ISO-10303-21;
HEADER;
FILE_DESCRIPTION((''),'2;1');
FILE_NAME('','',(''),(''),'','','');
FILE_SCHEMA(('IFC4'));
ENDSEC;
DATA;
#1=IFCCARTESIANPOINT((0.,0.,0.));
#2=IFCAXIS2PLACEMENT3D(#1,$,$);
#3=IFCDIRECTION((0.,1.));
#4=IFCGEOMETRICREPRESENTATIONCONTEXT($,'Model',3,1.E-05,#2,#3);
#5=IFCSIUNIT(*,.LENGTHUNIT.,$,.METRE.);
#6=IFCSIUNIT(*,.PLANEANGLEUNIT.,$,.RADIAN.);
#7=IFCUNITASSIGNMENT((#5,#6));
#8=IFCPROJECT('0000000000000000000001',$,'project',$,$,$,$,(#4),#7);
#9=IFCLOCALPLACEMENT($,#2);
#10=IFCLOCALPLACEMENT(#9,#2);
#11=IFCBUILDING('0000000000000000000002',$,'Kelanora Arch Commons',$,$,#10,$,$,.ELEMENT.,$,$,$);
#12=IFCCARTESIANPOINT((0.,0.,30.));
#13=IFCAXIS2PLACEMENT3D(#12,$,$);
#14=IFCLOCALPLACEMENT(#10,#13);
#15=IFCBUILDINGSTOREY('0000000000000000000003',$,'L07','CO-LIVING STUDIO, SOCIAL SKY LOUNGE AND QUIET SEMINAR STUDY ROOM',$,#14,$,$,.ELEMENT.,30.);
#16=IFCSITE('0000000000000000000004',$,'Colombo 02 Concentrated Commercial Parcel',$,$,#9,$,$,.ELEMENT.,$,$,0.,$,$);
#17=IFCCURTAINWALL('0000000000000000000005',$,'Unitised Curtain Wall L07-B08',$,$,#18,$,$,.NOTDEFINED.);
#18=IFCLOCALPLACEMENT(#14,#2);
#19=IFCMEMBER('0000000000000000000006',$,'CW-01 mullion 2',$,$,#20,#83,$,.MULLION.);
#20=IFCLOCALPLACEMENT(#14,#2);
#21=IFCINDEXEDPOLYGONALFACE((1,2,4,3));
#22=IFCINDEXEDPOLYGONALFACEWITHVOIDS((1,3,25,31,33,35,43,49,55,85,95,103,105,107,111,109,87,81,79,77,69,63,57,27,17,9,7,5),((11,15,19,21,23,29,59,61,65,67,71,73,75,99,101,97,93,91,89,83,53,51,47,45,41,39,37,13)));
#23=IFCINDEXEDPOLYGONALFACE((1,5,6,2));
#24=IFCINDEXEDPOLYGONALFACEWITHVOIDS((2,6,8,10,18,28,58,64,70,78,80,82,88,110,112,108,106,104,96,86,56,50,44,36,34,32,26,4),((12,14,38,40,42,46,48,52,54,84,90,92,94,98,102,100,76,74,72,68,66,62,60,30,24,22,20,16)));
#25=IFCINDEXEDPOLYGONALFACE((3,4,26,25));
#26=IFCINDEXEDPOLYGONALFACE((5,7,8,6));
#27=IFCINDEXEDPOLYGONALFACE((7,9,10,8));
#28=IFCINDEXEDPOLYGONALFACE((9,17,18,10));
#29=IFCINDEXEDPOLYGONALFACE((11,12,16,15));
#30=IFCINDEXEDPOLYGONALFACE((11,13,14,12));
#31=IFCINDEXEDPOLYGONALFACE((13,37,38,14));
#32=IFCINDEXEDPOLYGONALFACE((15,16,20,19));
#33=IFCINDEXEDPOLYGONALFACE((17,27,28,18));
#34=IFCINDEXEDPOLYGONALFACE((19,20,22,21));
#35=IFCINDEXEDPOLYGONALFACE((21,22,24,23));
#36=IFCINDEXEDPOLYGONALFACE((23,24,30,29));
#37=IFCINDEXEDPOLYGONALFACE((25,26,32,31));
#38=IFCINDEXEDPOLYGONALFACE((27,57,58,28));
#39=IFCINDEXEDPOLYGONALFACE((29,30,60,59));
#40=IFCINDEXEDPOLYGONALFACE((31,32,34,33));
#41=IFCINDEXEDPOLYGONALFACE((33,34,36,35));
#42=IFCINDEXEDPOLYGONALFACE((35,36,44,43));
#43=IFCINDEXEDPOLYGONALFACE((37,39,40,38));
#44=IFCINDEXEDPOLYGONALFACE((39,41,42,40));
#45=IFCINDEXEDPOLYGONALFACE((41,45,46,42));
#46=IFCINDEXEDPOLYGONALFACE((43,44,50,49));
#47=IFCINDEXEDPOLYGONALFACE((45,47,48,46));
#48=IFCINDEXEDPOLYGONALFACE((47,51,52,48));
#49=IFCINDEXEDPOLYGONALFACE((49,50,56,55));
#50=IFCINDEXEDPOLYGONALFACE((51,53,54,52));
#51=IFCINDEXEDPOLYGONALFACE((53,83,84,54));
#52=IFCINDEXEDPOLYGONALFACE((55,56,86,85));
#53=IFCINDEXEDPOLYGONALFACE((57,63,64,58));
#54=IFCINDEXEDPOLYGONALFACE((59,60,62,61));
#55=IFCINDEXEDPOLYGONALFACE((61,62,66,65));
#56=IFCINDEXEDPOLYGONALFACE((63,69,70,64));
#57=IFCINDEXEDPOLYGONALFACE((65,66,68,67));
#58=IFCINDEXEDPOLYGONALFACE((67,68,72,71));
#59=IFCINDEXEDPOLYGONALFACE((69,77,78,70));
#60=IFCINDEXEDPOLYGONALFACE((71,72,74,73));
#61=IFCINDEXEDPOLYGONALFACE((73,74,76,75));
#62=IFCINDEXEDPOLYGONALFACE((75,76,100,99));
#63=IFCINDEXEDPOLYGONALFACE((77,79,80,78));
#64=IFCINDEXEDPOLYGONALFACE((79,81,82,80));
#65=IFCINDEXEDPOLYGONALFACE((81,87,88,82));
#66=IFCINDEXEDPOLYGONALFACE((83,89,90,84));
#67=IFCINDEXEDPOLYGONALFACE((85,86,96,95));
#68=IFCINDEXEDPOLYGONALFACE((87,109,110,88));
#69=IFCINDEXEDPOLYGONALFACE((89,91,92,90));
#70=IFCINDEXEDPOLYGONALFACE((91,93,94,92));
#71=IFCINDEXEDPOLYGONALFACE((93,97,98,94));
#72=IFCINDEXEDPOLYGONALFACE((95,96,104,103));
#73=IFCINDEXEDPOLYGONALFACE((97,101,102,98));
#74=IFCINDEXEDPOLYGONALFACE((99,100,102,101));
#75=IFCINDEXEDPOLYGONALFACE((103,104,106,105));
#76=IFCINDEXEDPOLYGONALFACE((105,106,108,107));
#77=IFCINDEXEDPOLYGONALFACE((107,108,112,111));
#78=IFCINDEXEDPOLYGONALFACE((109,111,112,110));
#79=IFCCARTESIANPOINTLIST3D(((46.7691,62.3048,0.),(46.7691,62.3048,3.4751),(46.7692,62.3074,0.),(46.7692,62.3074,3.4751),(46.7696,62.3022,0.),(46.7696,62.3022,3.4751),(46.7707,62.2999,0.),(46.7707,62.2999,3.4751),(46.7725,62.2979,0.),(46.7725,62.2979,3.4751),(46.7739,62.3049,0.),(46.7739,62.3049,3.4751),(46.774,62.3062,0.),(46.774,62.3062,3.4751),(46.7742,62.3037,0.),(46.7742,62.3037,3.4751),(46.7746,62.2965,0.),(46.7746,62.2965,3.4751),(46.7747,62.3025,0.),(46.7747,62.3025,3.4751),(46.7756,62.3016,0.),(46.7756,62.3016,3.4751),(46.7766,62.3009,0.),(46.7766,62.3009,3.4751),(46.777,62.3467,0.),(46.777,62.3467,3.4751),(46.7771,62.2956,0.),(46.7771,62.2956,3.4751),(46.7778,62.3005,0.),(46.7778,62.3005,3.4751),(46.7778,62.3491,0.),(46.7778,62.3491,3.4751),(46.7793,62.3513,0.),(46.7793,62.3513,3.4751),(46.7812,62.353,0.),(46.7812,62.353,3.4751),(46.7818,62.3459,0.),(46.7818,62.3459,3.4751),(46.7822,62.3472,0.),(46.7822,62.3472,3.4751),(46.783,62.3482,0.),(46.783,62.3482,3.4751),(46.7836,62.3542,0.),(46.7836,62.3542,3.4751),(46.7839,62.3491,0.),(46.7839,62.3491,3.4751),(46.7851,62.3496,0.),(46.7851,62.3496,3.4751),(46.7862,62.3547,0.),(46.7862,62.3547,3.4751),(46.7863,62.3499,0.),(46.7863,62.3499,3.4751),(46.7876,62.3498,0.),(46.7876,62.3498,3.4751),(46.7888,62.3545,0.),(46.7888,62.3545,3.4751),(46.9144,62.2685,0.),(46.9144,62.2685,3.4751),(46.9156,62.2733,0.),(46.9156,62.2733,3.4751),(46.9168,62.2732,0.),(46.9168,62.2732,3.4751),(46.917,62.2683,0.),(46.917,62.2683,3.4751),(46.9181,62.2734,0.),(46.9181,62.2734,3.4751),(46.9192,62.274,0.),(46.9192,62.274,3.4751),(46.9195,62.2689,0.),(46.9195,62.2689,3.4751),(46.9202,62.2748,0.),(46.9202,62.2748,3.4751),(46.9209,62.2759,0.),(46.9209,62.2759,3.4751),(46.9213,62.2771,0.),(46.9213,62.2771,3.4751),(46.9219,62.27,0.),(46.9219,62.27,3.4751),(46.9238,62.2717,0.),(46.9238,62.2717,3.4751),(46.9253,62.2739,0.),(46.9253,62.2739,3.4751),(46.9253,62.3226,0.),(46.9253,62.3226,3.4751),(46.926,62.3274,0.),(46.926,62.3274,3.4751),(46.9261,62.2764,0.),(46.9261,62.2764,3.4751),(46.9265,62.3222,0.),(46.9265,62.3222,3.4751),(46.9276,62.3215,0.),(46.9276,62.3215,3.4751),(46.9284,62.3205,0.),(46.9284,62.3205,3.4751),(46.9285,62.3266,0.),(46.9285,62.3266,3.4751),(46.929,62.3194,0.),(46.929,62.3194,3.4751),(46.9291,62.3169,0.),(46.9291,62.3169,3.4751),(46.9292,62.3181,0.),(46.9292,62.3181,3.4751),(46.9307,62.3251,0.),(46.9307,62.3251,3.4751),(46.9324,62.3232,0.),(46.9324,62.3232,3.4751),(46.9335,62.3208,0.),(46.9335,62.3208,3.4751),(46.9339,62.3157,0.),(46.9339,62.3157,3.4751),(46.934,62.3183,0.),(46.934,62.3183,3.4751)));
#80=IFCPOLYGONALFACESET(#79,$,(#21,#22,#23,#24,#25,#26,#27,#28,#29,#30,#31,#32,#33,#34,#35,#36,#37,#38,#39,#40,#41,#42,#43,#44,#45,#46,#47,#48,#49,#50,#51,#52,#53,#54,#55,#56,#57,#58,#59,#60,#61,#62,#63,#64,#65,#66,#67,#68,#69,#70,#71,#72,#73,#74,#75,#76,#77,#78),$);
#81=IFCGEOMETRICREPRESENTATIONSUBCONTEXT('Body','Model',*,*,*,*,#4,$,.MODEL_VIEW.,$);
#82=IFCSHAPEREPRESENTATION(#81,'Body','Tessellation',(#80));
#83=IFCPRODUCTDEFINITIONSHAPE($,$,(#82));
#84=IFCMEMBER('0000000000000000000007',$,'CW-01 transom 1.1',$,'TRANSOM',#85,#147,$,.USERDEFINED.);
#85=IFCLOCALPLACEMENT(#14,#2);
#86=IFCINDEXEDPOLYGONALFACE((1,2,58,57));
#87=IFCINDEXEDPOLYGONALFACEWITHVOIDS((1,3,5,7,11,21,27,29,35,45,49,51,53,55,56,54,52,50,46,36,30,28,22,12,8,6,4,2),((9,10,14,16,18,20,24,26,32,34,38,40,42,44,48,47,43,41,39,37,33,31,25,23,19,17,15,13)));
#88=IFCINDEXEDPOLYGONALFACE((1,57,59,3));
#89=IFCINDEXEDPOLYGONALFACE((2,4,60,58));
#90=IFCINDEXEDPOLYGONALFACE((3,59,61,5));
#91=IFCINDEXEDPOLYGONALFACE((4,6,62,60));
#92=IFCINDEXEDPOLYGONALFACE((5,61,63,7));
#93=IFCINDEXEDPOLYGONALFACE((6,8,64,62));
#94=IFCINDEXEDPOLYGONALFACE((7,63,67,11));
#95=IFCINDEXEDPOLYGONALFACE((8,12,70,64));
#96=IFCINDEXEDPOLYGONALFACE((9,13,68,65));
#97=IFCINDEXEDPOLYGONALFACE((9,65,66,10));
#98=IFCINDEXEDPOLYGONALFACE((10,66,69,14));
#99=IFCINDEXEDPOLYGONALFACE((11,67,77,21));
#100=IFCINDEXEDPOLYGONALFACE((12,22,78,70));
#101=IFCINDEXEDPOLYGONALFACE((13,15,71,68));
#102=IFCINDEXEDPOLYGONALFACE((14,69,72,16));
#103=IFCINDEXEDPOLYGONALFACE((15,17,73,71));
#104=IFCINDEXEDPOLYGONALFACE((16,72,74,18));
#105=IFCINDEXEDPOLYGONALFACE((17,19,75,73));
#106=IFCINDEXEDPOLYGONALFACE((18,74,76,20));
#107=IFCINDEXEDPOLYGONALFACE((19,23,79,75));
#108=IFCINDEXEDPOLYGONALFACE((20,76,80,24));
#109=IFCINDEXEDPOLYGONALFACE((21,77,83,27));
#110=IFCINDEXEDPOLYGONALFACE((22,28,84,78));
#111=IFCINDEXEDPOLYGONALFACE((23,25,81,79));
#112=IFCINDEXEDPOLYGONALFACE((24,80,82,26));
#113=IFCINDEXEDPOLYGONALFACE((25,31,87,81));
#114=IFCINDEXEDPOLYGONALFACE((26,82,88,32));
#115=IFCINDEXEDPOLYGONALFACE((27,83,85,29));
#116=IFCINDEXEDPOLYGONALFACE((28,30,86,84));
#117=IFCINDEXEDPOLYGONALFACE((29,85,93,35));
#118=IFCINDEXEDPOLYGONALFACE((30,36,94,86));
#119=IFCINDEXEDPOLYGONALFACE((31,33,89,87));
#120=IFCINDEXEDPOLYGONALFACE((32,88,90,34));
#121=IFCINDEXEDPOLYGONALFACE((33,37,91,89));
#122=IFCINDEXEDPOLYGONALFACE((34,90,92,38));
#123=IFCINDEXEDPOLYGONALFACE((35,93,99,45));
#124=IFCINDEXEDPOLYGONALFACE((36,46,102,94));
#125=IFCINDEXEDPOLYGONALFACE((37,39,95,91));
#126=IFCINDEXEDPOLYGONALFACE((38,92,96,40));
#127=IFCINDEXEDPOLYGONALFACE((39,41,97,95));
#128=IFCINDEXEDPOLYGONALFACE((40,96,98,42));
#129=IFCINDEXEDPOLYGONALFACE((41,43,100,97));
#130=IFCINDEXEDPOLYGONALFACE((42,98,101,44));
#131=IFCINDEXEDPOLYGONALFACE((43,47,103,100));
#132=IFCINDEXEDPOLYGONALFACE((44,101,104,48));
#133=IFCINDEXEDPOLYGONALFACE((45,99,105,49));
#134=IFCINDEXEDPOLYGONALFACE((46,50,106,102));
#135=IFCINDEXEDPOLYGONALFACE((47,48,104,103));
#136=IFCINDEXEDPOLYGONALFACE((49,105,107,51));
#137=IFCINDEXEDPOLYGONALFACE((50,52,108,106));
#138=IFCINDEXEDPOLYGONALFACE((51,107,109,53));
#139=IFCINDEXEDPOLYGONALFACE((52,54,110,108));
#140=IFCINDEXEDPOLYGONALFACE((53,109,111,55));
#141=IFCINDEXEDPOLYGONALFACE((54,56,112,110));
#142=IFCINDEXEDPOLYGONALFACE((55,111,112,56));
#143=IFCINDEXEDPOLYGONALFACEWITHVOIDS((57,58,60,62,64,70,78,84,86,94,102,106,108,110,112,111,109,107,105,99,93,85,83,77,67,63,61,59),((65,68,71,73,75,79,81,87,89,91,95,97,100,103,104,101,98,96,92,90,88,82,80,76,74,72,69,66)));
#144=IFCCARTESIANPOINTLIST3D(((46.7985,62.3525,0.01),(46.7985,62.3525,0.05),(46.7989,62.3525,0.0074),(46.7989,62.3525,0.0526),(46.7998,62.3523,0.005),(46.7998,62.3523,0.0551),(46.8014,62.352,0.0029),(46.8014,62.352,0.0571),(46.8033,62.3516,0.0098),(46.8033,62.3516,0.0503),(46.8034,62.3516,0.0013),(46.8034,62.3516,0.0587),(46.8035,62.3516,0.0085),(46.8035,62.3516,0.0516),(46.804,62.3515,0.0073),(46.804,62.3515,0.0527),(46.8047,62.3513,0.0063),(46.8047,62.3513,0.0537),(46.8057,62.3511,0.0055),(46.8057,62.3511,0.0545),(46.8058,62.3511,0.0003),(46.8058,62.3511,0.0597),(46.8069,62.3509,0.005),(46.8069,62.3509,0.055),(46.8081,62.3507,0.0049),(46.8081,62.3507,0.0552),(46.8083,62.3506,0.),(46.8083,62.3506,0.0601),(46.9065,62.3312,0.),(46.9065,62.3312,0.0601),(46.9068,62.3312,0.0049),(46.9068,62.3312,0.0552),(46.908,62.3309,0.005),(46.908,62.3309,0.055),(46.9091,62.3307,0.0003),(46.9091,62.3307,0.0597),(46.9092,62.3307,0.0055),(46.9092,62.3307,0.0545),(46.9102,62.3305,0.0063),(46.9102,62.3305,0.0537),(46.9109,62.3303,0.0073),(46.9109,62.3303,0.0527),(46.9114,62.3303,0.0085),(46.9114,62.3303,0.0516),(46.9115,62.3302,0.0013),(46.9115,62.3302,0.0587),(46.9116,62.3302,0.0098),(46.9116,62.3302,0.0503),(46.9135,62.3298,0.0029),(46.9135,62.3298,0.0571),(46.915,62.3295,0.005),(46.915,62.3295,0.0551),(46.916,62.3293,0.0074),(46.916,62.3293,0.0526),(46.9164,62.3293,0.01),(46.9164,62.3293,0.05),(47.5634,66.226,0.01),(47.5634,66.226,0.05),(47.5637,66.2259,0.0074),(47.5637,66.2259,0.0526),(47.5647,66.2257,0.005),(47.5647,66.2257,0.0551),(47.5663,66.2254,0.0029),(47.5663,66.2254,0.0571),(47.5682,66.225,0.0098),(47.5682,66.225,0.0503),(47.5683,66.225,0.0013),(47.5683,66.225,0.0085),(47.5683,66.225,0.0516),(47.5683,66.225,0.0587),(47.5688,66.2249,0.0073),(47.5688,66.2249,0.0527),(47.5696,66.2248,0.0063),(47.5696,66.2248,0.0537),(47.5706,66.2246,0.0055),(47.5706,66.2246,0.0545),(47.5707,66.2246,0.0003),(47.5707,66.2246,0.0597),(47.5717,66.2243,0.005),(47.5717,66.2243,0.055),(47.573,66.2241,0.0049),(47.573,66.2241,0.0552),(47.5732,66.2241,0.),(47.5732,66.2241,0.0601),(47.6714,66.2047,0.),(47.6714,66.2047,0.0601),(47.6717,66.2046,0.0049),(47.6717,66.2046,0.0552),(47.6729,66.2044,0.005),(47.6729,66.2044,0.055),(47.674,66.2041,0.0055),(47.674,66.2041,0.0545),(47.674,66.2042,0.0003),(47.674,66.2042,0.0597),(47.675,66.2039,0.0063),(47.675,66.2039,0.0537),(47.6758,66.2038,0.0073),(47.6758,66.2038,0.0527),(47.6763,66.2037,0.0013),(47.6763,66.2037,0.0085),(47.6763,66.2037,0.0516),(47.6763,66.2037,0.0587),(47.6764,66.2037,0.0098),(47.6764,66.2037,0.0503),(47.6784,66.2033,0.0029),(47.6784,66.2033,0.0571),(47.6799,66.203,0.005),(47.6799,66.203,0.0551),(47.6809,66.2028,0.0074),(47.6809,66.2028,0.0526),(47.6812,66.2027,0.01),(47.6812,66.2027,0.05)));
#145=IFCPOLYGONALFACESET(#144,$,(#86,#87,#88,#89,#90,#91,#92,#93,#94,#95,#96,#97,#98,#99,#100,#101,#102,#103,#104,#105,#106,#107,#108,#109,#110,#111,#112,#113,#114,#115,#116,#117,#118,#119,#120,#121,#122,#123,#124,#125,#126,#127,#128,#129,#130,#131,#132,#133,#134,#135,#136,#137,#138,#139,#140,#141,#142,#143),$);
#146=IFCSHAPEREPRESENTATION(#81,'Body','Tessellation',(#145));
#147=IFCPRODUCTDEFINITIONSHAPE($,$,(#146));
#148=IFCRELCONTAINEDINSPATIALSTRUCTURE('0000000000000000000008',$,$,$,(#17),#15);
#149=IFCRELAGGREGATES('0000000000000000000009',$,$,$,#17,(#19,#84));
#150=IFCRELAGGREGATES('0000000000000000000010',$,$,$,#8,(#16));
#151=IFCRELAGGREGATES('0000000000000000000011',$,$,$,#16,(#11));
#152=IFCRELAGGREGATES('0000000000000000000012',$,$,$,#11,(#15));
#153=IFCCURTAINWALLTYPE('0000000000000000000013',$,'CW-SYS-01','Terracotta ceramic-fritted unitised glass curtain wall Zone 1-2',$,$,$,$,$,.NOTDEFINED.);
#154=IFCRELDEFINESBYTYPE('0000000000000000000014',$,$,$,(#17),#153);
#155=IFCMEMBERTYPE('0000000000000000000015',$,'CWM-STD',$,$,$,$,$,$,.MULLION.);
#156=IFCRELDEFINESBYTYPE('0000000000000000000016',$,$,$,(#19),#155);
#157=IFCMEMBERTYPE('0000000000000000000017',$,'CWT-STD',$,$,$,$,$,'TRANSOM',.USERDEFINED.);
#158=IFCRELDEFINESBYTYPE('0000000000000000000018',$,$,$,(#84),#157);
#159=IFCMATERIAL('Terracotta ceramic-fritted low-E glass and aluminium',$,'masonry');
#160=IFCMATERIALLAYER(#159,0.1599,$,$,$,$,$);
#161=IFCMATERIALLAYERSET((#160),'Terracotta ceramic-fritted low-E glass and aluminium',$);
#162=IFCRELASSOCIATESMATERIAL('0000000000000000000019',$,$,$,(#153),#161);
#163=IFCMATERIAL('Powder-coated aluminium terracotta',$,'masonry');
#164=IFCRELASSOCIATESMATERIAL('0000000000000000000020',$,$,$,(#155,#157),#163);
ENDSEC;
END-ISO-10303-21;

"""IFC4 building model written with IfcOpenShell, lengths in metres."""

from ifc_helpers import new_model, si_unit, direction, frame, origin, origin_2d, place, context, subcontext, project, spatial, hollow_rectangle, extrude, material, layer, layer_set, material_profile, profile_set, type_object, element, aggregate, save


model = new_model("IFC4")

# Units and contexts
model_context = context("Model", 3, precision=1e-05, world=origin(), true_north=direction((0.0, 1.0)))
body_context = subcontext(model_context, "Body", "Model", "MODEL_VIEW")
ifc_project = project(units=[si_unit("LENGTHUNIT", "METRE"), si_unit("PLANEANGLEUNIT", "RADIAN")], contexts=[model_context])

# Site, building, storey
site_placement = place(None, origin())
site = spatial("IfcSite", under=ifc_project, at=site_placement, Name="Colombo 02 Concentrated Commercial Parcel", CompositionType="ELEMENT", RefElevation=0.0)
building_placement = place(site_placement, origin())
building = spatial("IfcBuilding", under=site, at=building_placement, Name="Kelanora Arch Commons", CompositionType="ELEMENT")
storey_placement = place(building_placement, frame((0.0, 0.0, 30.0)))
storey = spatial("IfcBuildingStorey", under=building, at=storey_placement, Name="L07", Description="CO-LIVING STUDIO, SOCIAL SKY LOUNGE AND QUIET SEMINAR STUDY ROOM", CompositionType="ELEMENT", Elevation=30.0)

# Curtain wall, members
ifc_material_1 = material(Name="Terracotta ceramic-fritted low-E glass and aluminium", Category="masonry")
ifc_layer_1 = layer(ifc_material_1, 0.1599)
ifc_layer_set_1 = layer_set([ifc_layer_1], Name="Terracotta ceramic-fritted low-E glass and aluminium")
curtain_wall_type = type_object("IfcCurtainWallType", Name="CW-SYS-01", Description="Terracotta ceramic-fritted unitised glass curtain wall Zone 1-2", PredefinedType="NOTDEFINED", material=ifc_layer_set_1)
curtain_wall_placement = place(storey_placement, origin())
curtain_wall = element("IfcCurtainWall", 1, at=curtain_wall_placement, inside=storey, type_object=curtain_wall_type, Name="Unitised Curtain Wall L07-B08", PredefinedType="NOTDEFINED")
ifc_material_2 = material(Name="Powder-coated aluminium terracotta", Category="masonry")
ifc_material_profile_1 = material_profile(ifc_material_2, hollow_rectangle(XDim=0.1599, YDim=0.0601, WallThickness=0.0049, InnerFilletRadius=0.0049, OuterFilletRadius=0.01, at=origin_2d()), Name="CWM160x60")
ifc_profile_set_1 = profile_set([ifc_material_profile_1], Name="Powder-coated aluminium terracotta")
member_type_1 = type_object("IfcMemberType", Name="CWM-STD", PredefinedType="MULLION", material=ifc_profile_set_1)
member_1_placement = place(storey_placement, frame((46.8516, 62.3115, 0.0), z_axis=(0.0, 0.0, 1.0), x_axis=(0.981052, -0.193744, 0.0)))
member_1 = element("IfcMember", 2, at=member_1_placement, type_object=member_type_1, Name="CW-01 mullion 2", PredefinedType="MULLION", context=body_context, shape_type="SweptSolid", body=[
    extrude(hollow_rectangle(XDim=0.1599, YDim=0.0601, WallThickness=0.0049, InnerFilletRadius=0.0049, OuterFilletRadius=0.01, at=origin_2d()), origin(), (0.0, 0.0, 1.0), 3.4751),
])
ifc_material_profile_2 = material_profile(ifc_material_2, hollow_rectangle(XDim=0.1201, YDim=0.0601, WallThickness=0.0049, InnerFilletRadius=0.0049, OuterFilletRadius=0.01, at=origin_2d()), Name="CWT120x60")
ifc_profile_set_2 = profile_set([ifc_material_profile_2], Name="Powder-coated aluminium terracotta")
member_type_2 = type_object("IfcMemberType", Name="CWT-STD", ElementType="TRANSOM", PredefinedType="USERDEFINED", material=ifc_profile_set_2)
member_2_placement = place(storey_placement, frame((47.6223, 66.2144, 0.03), z_axis=(-0.193725, -0.981056, 0.0), x_axis=(0.981056, -0.193725, 0.0)))
member_2 = element("IfcMember", 3, at=member_2_placement, type_object=member_type_2, Name="CW-01 transom 1.1", ObjectType="TRANSOM", PredefinedType="USERDEFINED", context=body_context, shape_type="SweptSolid", body=[
    extrude(hollow_rectangle(XDim=0.1201, YDim=0.0601, WallThickness=0.0049, InnerFilletRadius=0.0049, OuterFilletRadius=0.01, at=origin_2d()), origin(), (0.0, 0.0, 1.0), 3.9482),
])
aggregate(curtain_wall, [member_1, member_2])

save(model, "model.ifc")
